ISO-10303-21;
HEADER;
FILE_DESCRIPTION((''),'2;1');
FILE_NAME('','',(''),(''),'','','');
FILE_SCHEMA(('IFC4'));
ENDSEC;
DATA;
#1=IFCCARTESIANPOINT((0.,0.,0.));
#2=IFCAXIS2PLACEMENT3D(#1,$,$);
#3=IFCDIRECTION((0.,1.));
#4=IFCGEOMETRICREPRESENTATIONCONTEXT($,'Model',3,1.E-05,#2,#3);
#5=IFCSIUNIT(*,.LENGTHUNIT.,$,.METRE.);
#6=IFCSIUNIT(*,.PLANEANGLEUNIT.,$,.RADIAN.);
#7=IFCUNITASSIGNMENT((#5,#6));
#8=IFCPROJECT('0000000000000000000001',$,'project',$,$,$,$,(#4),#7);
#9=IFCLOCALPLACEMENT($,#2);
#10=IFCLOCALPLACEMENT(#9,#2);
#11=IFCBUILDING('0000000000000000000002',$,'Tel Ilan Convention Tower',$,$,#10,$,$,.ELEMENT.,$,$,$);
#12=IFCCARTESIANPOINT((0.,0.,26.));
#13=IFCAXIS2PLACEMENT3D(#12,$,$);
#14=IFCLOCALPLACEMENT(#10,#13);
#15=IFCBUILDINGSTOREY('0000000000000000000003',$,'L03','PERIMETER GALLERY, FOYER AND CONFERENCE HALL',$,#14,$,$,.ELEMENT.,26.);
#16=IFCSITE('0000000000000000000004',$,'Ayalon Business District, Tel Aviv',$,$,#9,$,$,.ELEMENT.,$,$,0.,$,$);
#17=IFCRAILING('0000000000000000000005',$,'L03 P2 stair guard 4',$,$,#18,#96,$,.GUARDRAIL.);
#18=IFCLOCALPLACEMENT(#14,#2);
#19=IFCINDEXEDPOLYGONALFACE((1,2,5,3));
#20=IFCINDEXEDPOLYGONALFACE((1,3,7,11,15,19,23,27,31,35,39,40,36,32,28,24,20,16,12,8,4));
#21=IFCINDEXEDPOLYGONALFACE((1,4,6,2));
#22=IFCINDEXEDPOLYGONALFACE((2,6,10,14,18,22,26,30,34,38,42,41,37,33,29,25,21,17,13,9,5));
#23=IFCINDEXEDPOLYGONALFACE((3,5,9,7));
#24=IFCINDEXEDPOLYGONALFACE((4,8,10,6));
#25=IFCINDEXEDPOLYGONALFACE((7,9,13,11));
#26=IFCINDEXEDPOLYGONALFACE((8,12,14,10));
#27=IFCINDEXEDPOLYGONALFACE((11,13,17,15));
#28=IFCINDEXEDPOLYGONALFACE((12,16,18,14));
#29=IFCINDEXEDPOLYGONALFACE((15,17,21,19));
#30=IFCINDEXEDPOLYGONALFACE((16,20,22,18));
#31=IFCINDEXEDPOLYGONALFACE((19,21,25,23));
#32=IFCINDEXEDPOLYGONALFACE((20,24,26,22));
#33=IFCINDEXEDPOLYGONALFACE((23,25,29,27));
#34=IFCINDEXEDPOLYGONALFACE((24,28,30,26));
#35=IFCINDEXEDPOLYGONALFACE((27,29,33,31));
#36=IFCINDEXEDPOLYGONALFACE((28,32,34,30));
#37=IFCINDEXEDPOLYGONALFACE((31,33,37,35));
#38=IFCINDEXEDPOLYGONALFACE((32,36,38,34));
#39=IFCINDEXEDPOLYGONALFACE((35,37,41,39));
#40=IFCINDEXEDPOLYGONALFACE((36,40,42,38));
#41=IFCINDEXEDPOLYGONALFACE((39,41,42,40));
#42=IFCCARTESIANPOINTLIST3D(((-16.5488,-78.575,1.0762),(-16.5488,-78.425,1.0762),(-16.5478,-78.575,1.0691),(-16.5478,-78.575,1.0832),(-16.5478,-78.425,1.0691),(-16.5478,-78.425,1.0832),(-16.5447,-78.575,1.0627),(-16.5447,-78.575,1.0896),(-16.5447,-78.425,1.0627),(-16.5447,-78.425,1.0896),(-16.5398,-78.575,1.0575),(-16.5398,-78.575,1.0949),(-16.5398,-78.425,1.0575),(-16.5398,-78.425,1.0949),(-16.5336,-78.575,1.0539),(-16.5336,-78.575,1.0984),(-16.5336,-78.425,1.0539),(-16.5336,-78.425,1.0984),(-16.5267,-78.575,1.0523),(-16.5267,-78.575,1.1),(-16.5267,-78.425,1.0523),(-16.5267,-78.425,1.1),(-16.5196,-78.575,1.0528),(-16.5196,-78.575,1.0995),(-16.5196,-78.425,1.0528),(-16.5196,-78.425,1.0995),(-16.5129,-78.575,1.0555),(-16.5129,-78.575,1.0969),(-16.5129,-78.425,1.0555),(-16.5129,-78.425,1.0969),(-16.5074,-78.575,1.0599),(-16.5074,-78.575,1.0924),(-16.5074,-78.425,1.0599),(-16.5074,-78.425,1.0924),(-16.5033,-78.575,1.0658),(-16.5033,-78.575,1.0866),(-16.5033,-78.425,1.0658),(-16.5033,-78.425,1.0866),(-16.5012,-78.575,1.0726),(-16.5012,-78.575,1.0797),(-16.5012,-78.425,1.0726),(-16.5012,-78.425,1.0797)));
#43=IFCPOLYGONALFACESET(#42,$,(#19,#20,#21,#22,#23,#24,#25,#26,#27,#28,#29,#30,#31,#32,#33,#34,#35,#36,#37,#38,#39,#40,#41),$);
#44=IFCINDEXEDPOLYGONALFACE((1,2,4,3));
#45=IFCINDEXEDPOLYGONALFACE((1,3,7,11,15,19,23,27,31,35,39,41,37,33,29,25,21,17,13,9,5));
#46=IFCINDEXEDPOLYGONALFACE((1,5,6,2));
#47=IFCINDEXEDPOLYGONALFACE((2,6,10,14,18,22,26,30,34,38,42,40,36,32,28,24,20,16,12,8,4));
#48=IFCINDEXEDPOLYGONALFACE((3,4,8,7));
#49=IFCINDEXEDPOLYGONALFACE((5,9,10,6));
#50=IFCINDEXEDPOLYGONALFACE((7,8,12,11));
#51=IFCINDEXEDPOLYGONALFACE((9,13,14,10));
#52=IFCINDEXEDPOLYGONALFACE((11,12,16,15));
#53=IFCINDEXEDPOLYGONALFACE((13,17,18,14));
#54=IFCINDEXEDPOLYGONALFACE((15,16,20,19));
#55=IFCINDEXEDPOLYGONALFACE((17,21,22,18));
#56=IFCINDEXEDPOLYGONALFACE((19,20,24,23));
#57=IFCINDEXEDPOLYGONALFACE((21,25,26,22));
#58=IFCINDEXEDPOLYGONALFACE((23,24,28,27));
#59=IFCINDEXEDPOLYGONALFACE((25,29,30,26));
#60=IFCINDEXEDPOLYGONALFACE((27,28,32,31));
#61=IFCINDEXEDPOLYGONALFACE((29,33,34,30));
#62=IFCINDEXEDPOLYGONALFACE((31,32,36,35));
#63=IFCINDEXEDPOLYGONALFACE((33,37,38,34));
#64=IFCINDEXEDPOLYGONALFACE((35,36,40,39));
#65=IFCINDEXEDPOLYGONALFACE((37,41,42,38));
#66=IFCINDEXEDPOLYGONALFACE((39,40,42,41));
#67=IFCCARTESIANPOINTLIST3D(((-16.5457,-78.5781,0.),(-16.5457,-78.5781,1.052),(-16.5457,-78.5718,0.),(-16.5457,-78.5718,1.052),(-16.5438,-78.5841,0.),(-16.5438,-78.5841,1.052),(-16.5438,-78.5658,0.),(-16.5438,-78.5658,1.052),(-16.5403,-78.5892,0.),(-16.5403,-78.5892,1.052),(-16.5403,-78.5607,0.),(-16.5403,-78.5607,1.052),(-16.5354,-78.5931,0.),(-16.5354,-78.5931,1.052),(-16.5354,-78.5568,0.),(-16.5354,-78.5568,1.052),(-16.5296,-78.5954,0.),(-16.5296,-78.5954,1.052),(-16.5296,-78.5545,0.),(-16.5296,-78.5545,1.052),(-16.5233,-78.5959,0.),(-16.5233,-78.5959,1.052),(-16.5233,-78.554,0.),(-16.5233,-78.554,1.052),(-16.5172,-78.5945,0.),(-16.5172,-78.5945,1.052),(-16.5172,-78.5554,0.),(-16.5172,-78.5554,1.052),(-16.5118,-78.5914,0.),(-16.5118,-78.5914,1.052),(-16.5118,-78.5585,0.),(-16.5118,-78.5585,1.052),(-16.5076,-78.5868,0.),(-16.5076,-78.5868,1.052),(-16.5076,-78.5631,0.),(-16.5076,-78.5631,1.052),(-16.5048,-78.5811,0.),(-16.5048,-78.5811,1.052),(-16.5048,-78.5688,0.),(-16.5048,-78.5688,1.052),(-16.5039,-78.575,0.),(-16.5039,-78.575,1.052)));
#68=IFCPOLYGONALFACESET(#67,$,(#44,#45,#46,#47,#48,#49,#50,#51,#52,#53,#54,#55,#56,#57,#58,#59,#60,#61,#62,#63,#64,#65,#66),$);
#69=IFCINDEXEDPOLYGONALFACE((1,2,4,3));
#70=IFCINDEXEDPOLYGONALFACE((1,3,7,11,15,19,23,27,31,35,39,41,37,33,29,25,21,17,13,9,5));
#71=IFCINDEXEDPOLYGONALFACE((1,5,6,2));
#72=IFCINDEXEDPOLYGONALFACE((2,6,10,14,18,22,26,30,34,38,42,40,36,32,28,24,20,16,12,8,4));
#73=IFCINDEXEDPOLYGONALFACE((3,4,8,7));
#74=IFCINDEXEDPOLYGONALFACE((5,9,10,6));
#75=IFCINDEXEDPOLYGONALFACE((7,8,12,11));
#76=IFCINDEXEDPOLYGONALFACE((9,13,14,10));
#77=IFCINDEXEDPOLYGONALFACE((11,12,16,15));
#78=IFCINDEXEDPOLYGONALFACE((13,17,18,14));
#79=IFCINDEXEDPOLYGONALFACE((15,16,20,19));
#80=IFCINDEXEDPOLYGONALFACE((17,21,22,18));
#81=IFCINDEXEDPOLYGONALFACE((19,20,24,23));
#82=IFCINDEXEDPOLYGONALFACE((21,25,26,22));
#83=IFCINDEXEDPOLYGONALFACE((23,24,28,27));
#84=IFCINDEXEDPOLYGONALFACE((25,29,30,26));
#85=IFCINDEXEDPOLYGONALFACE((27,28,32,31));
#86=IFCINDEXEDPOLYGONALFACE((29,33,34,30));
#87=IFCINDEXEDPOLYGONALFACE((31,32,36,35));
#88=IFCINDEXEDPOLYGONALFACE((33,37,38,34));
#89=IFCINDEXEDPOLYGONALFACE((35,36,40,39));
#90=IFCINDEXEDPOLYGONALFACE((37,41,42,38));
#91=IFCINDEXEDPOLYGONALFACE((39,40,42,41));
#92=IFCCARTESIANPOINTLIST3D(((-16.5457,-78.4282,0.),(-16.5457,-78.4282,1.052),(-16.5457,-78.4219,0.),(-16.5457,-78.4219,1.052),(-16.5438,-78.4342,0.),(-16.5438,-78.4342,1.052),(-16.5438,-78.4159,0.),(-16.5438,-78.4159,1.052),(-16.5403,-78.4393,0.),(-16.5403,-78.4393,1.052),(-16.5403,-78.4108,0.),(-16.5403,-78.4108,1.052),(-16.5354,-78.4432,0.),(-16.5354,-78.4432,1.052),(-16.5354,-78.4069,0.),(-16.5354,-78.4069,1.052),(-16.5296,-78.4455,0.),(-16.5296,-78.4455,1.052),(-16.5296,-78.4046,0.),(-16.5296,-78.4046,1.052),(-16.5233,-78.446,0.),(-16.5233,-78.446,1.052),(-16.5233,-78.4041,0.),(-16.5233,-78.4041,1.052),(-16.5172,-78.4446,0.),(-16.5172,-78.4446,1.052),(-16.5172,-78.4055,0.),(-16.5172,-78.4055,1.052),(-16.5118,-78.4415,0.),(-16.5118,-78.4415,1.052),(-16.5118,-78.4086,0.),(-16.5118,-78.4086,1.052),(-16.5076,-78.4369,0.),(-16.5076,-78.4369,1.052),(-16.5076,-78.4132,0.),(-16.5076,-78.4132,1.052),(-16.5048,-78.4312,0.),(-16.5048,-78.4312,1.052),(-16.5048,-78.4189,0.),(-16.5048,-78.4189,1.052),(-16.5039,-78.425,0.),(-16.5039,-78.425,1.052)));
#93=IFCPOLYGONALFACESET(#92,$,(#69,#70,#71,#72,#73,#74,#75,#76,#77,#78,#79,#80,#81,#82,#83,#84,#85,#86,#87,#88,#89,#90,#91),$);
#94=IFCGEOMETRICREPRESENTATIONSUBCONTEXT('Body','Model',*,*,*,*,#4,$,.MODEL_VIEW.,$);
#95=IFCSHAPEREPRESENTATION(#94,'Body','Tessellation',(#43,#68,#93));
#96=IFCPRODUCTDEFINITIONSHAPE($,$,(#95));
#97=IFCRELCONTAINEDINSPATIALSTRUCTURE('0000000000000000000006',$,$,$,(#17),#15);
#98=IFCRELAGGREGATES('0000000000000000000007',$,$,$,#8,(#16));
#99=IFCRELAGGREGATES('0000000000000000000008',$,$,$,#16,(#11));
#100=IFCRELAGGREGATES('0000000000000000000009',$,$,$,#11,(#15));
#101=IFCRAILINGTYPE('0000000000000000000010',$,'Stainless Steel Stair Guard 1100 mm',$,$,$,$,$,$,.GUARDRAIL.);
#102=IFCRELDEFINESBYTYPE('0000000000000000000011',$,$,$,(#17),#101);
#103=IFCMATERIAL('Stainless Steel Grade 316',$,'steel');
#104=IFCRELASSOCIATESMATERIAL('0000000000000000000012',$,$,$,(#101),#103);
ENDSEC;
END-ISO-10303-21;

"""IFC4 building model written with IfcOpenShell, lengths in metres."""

from ifc_helpers import new_model, si_unit, direction, frame, origin, origin_2d, place, context, subcontext, project, spatial, circle, extrude, material, type_object, element, save


model = new_model("IFC4")

# Units and contexts
model_context = context("Model", 3, precision=1e-05, world=origin(), true_north=direction((0.0, 1.0)))
body_context = subcontext(model_context, "Body", "Model", "MODEL_VIEW")
ifc_project = project(units=[si_unit("LENGTHUNIT", "METRE"), si_unit("PLANEANGLEUNIT", "RADIAN")], contexts=[model_context])

# Site, building, storey
site_placement = place(None, origin())
site = spatial("IfcSite", under=ifc_project, at=site_placement, Name="Ayalon Business District, Tel Aviv", CompositionType="ELEMENT", RefElevation=0.0)
building_placement = place(site_placement, origin())
building = spatial("IfcBuilding", under=site, at=building_placement, Name="Tel Ilan Convention Tower", CompositionType="ELEMENT")
storey_placement = place(building_placement, frame((0.0, 0.0, 26.0)))
storey = spatial("IfcBuildingStorey", under=building, at=storey_placement, Name="L03", Description="PERIMETER GALLERY, FOYER AND CONFERENCE HALL", CompositionType="ELEMENT", Elevation=26.0)

# Railing
ifc_material_1 = material(Name="Stainless Steel Grade 316", Category="steel")
railing_type_1 = type_object("IfcRailingType", Name="Stainless Steel Stair Guard 1100 mm", PredefinedType="GUARDRAIL", material=ifc_material_1)
railing_1_placement = place(storey_placement, frame((-16.5249, -78.575, 0.0)))
element("IfcRailing", 1, at=railing_1_placement, inside=storey, type_object=railing_type_1, Name="L03 P2 stair guard 4", PredefinedType="GUARDRAIL", context=body_context, shape_type="SweptSolid", body=[
    extrude(circle(Radius=0.0239, at=origin_2d()), frame((0.0, 0.0, 1.0762), z_axis=(0.0, 1.0, 0.0), x_axis=(-1.0, 0.0, 0.0)), (0.0, 0.0, 1.0), 0.1499),
    extrude(circle(Radius=0.021, at=origin_2d()), origin(), (0.0, 0.0, 1.0), 1.052),
    extrude(circle(Radius=0.021, at=origin_2d()), frame((0.0, 0.1499, 0.0)), (0.0, 0.0, 1.0), 1.052),
])

save(model, "model.ifc")
